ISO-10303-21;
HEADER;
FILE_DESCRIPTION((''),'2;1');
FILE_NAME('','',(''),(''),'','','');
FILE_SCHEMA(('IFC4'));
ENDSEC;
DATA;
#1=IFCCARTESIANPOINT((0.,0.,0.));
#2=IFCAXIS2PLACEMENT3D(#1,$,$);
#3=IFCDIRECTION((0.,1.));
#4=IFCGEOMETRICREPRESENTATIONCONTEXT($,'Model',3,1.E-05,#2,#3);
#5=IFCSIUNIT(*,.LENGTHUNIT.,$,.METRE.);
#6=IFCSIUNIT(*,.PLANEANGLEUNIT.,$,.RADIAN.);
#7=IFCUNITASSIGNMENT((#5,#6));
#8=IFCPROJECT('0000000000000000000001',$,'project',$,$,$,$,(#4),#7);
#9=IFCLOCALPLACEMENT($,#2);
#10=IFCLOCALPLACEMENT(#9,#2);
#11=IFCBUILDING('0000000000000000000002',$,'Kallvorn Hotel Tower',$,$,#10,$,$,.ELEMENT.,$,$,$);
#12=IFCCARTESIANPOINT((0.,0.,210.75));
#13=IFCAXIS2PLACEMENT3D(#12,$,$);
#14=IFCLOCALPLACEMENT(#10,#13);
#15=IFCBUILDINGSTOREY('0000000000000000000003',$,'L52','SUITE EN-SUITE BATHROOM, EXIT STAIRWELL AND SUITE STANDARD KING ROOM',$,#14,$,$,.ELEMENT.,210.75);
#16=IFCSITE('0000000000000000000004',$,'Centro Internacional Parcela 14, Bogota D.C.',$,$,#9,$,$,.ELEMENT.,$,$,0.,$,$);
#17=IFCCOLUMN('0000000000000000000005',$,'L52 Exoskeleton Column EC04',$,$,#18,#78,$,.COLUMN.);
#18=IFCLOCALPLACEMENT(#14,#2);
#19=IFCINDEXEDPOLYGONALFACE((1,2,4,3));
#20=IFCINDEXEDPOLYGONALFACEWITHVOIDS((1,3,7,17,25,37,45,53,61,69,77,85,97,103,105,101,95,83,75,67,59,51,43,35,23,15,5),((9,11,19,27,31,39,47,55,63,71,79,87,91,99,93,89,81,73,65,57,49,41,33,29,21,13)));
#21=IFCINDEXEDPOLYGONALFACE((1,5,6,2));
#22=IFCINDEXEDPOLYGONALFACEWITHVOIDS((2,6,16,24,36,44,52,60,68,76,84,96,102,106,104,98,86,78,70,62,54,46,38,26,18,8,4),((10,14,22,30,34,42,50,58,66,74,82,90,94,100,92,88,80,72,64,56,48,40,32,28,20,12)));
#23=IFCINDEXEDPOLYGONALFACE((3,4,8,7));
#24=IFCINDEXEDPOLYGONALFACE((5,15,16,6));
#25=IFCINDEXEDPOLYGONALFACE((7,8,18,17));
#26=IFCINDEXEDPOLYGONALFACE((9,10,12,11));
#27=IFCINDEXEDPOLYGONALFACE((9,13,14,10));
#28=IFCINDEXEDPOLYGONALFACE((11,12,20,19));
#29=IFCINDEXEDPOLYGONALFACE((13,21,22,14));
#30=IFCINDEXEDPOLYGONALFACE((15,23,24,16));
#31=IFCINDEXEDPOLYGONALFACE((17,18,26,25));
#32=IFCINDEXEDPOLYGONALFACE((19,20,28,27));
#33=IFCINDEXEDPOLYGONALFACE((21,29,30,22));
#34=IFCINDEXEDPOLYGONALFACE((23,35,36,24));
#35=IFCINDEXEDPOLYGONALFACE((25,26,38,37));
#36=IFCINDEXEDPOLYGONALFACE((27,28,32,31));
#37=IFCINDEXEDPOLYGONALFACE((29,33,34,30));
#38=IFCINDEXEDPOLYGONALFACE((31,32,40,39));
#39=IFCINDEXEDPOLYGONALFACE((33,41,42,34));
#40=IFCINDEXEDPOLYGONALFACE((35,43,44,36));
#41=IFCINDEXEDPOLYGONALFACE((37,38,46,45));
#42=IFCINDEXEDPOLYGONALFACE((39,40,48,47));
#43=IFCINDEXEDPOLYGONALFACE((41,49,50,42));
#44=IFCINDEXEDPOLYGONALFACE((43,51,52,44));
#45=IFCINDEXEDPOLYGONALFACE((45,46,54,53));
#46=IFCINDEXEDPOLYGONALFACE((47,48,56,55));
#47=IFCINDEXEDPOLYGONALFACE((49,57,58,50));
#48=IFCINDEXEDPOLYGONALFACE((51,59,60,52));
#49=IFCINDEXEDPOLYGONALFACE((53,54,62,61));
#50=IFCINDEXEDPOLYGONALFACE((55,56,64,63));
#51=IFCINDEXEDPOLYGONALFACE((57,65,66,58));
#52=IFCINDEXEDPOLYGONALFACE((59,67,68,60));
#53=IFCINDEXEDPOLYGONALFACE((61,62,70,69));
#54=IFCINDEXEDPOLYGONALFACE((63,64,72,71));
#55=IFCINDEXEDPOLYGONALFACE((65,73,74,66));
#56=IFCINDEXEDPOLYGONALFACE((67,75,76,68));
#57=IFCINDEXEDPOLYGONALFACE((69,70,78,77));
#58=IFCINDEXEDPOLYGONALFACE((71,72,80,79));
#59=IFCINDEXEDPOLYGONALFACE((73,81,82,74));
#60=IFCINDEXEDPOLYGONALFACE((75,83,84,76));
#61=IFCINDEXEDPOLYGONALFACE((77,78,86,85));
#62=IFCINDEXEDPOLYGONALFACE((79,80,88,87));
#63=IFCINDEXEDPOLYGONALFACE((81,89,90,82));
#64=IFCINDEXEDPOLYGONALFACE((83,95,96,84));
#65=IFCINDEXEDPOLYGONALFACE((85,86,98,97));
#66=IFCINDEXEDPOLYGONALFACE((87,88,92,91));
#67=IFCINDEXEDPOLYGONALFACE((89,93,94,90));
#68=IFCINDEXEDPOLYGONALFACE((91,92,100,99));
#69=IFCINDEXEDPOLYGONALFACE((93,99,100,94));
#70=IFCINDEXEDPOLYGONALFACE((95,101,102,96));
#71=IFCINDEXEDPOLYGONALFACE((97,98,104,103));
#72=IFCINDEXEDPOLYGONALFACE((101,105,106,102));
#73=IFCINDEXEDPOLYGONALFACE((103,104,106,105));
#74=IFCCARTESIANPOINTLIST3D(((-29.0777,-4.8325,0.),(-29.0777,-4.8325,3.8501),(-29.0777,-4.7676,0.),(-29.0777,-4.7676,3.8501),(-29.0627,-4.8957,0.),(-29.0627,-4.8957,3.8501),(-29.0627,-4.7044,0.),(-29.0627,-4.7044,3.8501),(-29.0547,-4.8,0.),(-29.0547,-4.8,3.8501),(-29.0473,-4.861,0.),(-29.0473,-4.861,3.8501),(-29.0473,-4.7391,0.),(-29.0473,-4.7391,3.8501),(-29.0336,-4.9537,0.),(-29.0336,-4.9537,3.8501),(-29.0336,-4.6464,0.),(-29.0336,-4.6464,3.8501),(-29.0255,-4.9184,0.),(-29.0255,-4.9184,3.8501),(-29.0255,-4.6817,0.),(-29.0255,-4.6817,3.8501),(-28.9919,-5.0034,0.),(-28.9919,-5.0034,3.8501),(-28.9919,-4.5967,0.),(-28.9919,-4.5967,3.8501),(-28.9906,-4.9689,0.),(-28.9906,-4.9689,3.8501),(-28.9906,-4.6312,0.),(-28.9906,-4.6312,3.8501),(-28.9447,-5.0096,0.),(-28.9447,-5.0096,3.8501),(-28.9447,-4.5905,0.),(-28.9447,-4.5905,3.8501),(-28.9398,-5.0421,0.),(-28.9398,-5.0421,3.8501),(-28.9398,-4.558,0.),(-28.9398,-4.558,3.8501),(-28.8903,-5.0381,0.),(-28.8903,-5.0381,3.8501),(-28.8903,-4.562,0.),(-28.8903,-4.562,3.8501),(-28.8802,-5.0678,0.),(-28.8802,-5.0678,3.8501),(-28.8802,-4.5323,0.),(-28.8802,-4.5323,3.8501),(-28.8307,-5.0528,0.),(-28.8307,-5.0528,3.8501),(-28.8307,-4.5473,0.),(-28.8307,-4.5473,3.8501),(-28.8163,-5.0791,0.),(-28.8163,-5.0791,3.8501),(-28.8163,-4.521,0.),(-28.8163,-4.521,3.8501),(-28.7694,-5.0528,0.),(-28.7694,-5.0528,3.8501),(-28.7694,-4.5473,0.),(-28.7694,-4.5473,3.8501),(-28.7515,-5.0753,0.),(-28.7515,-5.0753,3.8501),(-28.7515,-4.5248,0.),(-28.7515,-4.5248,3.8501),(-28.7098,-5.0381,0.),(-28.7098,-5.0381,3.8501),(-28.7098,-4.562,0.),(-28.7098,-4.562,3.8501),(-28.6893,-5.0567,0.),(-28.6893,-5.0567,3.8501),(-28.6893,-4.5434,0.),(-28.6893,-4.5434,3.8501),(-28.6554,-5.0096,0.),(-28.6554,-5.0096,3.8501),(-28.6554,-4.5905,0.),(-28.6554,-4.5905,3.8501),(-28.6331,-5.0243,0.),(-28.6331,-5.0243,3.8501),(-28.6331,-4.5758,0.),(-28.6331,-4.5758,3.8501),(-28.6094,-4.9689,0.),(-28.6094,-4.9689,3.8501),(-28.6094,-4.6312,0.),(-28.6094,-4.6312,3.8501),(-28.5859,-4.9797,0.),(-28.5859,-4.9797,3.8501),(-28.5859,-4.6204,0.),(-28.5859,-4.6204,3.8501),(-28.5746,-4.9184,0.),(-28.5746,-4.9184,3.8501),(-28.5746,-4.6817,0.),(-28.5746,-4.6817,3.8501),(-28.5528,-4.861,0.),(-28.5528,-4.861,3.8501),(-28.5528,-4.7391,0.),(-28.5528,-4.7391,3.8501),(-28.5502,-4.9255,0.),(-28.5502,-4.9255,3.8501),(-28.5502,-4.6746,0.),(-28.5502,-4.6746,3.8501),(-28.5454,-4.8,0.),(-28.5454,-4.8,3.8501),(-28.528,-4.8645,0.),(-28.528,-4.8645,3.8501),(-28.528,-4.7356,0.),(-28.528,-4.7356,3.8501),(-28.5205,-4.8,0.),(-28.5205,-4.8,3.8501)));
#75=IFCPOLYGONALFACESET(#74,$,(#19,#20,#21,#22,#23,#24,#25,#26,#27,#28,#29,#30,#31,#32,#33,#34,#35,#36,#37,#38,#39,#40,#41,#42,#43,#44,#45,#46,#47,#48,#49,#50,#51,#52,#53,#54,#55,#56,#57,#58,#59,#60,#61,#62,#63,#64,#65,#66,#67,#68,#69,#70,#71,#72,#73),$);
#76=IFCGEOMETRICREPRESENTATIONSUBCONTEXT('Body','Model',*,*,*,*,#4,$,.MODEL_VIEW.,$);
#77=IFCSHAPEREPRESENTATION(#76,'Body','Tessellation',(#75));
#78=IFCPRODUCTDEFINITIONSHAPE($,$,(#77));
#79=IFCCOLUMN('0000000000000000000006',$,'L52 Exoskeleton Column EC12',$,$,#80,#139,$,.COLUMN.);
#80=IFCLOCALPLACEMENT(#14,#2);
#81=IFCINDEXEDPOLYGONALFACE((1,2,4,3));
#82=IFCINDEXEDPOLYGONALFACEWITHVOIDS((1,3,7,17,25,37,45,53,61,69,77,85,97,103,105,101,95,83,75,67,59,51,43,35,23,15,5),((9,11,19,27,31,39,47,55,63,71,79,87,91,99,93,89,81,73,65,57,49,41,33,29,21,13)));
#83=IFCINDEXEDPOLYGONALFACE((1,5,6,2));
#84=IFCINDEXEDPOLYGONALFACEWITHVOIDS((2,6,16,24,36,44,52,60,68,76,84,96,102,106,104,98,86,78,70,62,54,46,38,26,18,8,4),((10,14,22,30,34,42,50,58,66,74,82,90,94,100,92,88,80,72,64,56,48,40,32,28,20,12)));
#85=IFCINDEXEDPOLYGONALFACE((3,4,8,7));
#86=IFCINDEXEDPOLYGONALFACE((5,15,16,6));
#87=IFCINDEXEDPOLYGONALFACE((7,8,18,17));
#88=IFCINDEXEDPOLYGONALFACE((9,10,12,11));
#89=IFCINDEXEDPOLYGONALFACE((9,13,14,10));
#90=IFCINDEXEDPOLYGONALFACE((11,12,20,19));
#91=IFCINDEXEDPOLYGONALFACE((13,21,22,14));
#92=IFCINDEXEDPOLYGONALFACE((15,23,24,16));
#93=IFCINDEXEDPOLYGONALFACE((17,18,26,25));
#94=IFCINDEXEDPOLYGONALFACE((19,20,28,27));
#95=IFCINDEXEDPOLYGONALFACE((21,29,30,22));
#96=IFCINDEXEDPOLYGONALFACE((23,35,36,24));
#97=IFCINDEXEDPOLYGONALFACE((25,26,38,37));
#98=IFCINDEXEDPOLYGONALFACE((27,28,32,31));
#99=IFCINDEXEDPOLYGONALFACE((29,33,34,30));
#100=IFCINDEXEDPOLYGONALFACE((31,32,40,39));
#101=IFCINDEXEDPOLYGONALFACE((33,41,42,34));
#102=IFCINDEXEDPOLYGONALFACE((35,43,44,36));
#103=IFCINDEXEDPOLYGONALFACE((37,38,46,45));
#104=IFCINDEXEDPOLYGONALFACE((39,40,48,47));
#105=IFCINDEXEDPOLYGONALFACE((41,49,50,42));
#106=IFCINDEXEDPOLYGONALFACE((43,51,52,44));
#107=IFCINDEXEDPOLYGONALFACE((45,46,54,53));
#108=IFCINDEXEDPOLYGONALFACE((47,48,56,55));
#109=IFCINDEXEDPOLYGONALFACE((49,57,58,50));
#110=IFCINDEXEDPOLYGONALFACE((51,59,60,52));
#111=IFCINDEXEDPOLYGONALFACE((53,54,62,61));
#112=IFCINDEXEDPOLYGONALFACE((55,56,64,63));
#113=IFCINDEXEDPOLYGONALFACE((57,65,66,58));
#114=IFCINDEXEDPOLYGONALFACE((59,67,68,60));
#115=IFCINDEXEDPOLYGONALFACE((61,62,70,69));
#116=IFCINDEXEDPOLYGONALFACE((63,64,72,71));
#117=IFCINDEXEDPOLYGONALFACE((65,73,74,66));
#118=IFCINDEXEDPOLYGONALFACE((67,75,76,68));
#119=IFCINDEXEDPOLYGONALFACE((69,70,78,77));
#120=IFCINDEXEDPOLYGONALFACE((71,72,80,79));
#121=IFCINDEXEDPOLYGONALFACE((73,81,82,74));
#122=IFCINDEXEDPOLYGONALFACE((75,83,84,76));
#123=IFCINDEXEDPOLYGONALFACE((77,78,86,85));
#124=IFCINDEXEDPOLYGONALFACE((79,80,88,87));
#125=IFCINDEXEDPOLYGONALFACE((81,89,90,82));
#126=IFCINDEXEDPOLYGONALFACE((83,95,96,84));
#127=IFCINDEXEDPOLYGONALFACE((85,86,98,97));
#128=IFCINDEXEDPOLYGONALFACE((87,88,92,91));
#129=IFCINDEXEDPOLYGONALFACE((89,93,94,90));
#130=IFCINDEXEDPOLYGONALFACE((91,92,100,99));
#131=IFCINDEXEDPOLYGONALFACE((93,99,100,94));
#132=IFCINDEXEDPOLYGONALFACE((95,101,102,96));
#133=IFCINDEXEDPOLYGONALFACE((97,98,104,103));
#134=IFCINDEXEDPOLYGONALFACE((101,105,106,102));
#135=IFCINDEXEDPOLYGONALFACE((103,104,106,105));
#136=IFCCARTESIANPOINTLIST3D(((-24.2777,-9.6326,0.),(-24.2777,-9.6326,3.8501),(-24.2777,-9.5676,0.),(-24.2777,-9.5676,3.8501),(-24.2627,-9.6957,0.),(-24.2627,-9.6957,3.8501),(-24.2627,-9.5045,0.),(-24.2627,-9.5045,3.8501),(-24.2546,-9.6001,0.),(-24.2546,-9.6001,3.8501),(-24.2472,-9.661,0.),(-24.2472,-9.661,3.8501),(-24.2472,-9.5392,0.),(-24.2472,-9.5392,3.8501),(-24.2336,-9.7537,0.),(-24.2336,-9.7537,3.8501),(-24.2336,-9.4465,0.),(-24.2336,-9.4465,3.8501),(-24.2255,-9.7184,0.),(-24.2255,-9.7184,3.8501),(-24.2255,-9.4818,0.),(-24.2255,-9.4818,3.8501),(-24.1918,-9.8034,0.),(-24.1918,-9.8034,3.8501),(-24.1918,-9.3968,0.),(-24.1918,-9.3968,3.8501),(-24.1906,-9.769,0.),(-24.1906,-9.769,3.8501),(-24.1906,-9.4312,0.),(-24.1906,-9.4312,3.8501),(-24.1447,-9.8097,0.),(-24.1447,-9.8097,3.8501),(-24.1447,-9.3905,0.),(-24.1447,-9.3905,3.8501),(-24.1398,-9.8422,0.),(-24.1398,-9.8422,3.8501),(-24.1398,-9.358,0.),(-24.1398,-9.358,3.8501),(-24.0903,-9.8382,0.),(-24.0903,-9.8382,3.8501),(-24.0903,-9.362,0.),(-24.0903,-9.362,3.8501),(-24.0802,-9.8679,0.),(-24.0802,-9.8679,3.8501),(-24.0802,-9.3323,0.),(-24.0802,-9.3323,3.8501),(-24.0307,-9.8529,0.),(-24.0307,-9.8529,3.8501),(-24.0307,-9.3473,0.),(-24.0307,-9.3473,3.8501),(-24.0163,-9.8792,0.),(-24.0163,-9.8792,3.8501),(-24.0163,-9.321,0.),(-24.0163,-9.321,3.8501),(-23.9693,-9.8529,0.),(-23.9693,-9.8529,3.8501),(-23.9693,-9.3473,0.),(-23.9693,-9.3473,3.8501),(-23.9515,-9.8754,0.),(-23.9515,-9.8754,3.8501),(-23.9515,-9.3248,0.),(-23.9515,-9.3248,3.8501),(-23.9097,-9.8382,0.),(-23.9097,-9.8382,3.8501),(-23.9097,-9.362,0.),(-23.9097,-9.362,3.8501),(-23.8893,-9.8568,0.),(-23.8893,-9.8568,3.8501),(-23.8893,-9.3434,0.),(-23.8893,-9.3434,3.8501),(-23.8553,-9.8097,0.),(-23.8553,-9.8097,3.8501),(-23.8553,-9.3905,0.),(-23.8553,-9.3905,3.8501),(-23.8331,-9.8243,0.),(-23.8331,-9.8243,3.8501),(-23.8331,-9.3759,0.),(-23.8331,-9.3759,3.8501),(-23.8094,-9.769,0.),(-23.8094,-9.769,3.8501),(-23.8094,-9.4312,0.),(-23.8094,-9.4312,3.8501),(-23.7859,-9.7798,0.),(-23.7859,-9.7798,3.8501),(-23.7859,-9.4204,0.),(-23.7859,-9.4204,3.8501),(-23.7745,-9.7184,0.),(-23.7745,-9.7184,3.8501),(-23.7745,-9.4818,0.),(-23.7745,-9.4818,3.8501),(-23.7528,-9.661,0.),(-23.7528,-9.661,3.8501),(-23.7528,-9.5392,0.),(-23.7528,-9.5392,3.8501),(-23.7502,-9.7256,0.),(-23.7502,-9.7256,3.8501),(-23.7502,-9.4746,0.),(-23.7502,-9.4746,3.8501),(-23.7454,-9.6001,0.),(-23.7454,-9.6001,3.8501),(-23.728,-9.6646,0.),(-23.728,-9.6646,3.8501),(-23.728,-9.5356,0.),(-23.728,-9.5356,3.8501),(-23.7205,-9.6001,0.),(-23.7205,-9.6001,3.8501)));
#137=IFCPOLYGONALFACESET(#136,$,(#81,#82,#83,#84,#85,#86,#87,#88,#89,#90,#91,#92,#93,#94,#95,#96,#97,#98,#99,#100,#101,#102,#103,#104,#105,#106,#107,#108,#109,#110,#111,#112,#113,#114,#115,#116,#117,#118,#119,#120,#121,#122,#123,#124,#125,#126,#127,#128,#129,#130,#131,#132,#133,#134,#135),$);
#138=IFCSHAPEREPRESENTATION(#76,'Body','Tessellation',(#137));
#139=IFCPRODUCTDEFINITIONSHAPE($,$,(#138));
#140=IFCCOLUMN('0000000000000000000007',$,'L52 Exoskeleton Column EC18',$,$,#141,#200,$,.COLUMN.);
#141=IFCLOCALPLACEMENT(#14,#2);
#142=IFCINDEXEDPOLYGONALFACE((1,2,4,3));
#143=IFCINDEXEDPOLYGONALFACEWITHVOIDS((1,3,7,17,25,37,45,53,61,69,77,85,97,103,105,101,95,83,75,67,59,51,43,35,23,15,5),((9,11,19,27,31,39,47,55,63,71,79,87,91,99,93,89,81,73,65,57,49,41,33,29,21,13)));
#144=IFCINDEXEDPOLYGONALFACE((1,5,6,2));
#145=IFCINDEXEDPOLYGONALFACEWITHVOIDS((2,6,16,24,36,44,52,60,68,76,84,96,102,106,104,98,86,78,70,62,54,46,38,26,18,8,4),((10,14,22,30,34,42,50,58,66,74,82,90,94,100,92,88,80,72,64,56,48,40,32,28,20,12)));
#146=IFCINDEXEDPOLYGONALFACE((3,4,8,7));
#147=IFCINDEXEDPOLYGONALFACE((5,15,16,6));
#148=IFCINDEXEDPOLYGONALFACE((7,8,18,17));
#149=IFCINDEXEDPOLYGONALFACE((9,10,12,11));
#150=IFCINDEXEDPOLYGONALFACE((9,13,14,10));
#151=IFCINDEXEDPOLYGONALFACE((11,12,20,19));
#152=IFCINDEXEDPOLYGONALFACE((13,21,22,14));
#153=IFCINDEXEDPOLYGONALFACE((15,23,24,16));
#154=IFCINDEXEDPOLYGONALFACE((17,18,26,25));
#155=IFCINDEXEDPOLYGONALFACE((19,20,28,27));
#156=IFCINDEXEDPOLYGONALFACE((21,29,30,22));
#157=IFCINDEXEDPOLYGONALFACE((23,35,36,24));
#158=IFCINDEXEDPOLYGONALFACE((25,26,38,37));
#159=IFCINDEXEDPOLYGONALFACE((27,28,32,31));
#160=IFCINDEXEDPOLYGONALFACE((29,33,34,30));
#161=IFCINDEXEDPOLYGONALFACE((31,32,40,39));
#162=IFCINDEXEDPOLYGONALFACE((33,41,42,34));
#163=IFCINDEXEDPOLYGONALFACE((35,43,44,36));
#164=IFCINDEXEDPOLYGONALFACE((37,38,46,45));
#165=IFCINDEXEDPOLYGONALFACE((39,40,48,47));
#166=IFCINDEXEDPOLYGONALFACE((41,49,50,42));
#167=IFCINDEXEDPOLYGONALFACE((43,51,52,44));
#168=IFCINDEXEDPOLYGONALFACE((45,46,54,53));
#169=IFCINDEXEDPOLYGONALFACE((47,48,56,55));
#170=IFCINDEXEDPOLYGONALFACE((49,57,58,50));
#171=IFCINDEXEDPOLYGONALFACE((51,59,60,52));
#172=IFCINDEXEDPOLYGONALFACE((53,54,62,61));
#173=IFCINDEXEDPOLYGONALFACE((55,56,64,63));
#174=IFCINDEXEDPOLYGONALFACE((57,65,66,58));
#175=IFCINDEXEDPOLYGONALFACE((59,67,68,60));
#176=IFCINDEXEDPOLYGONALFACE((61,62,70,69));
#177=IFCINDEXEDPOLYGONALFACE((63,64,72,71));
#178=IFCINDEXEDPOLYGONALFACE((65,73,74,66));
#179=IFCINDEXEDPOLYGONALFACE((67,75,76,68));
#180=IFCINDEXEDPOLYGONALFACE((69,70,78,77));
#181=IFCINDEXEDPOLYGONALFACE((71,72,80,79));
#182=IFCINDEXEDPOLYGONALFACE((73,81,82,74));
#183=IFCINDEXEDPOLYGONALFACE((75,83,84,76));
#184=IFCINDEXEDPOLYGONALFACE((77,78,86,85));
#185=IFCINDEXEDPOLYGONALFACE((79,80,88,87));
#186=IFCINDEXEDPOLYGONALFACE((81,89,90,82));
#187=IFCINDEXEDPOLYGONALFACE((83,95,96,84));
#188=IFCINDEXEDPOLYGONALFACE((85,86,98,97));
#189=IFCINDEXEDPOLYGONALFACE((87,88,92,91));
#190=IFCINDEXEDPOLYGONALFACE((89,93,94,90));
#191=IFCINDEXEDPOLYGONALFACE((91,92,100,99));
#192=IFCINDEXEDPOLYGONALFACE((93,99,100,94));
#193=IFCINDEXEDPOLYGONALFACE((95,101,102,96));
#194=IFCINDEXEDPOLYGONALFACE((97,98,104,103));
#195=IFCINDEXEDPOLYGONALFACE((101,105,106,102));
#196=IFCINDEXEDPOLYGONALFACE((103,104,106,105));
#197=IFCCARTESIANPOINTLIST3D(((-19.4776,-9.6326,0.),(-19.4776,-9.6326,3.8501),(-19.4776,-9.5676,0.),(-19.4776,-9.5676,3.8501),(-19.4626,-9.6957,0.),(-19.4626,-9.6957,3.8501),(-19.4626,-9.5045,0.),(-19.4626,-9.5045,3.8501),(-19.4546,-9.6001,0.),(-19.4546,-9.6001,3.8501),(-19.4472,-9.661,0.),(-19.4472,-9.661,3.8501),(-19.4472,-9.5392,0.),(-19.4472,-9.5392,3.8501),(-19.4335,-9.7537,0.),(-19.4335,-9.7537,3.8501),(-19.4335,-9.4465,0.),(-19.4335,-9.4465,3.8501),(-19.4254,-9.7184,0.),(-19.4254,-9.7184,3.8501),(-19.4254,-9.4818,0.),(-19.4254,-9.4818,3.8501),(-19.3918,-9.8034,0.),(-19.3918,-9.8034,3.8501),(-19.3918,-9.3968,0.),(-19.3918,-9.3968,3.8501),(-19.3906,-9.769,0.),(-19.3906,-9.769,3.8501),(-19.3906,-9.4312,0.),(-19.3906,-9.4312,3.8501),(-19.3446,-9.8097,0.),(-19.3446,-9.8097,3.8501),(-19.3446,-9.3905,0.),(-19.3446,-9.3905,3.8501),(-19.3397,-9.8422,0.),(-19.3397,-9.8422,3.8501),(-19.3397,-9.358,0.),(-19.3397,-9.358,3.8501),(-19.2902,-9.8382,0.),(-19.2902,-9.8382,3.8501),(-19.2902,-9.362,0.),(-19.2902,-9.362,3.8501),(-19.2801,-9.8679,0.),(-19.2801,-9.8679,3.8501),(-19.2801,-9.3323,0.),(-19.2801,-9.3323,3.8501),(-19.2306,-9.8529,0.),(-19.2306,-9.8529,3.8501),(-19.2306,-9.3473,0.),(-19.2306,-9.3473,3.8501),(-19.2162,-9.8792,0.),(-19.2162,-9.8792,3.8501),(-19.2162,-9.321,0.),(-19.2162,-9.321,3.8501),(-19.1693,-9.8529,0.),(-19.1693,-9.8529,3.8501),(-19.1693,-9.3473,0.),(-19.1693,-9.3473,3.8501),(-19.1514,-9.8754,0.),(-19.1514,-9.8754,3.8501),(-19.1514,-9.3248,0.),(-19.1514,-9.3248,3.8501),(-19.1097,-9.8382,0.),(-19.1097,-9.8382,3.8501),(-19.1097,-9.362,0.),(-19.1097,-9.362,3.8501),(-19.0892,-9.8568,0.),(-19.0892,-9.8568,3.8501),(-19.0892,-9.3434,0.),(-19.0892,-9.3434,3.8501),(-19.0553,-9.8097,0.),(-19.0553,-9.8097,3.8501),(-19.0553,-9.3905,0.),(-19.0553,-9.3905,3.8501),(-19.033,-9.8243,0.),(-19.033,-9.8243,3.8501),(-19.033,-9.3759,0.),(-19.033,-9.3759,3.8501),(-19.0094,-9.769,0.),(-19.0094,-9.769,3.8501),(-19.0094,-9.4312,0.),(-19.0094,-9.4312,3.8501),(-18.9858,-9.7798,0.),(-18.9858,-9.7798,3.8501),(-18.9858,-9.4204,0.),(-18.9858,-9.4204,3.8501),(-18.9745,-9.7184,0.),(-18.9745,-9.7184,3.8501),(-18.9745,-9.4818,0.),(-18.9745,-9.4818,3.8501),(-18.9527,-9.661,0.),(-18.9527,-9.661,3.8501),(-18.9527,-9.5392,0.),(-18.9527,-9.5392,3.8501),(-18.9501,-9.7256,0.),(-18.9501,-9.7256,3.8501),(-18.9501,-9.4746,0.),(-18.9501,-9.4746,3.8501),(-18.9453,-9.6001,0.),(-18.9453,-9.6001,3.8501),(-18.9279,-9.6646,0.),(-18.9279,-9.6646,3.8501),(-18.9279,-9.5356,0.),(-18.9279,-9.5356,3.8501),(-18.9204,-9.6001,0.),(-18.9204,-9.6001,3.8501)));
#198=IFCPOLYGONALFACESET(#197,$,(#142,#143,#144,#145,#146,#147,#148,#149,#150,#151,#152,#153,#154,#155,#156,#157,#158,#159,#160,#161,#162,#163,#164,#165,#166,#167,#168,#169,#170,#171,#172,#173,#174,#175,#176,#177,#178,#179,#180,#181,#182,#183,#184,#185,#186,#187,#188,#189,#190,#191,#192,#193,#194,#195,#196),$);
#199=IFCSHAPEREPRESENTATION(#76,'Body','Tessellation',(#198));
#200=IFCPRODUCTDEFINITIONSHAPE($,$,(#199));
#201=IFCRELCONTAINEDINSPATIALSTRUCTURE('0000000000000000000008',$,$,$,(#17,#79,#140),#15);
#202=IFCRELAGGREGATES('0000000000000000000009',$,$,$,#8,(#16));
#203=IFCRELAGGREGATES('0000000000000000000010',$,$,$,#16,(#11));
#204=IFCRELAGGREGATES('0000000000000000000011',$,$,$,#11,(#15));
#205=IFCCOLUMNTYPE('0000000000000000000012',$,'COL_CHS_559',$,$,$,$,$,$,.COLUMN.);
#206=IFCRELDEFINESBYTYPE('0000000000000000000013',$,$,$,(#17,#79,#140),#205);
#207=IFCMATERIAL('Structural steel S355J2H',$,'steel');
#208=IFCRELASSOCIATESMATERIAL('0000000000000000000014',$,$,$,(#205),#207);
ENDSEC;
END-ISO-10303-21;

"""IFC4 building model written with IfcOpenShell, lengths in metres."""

from ifc_helpers import new_model, si_unit, direction, frame, origin, origin_2d, place, context, subcontext, project, spatial, hollow_circle, extrude, material, material_profile, profile_set, type_object, element, save


model = new_model("IFC4")

# Units and contexts
model_context = context("Model", 3, precision=1e-05, world=origin(), true_north=direction((0.0, 1.0)))
body_context = subcontext(model_context, "Body", "Model", "MODEL_VIEW")
ifc_project = project(units=[si_unit("LENGTHUNIT", "METRE"), si_unit("PLANEANGLEUNIT", "RADIAN")], contexts=[model_context])

# Site, building, storey
site_placement = place(None, origin())
site = spatial("IfcSite", under=ifc_project, at=site_placement, Name="Centro Internacional Parcela 14, Bogota D.C.", CompositionType="ELEMENT", RefElevation=0.0)
building_placement = place(site_placement, origin())
building = spatial("IfcBuilding", under=site, at=building_placement, Name="Kallvorn Hotel Tower", CompositionType="ELEMENT")
storey_placement = place(building_placement, frame((0.0, 0.0, 210.75)))
storey = spatial("IfcBuildingStorey", under=building, at=storey_placement, Name="L52", Description="SUITE EN-SUITE BATHROOM, EXIT STAIRWELL AND SUITE STANDARD KING ROOM", CompositionType="ELEMENT", Elevation=210.75)

# Columns
ifc_material_1 = material(Name="Structural steel S355J2H", Category="steel")
ifc_material_profile_1 = material_profile(ifc_material_1, hollow_circle(Radius=0.2795, WallThickness=0.0249, at=origin_2d()), Name="CHS 559x25")
ifc_profile_set_1 = profile_set([ifc_material_profile_1], Name="Structural steel S355J2H")
column_type_1 = type_object("IfcColumnType", Name="COL_CHS_559", PredefinedType="COLUMN", material=ifc_profile_set_1)
for number, where, z_axis, x_axis, name in (
    (1, (-28.8, -4.8, 0.0), (0.0, 0.0, 1.0), (1.0, 0.0, 0.0), "L52 Exoskeleton Column EC04"),
    (2, (-24.0, -9.6001, 0.0), (0.0, 0.0, 1.0), (1.0, 0.0, 0.0), "L52 Exoskeleton Column EC12"),
    (3, (-19.2, -9.6001, 0.0), (0.0, 0.0, 1.0), (1.0, 0.0, 0.0), "L52 Exoskeleton Column EC18"),
):
    element("IfcColumn", number, at=place(storey_placement, frame(where, z_axis=z_axis, x_axis=x_axis)), inside=storey, type_object=column_type_1, Name=name, PredefinedType="COLUMN", context=body_context, shape_type="SweptSolid", body=[
        extrude(hollow_circle(Radius=0.2795, WallThickness=0.0249, at=origin_2d()), origin(), (0.0, 0.0, 1.0), 3.8501),
    ])

save(model, "model.ifc")
